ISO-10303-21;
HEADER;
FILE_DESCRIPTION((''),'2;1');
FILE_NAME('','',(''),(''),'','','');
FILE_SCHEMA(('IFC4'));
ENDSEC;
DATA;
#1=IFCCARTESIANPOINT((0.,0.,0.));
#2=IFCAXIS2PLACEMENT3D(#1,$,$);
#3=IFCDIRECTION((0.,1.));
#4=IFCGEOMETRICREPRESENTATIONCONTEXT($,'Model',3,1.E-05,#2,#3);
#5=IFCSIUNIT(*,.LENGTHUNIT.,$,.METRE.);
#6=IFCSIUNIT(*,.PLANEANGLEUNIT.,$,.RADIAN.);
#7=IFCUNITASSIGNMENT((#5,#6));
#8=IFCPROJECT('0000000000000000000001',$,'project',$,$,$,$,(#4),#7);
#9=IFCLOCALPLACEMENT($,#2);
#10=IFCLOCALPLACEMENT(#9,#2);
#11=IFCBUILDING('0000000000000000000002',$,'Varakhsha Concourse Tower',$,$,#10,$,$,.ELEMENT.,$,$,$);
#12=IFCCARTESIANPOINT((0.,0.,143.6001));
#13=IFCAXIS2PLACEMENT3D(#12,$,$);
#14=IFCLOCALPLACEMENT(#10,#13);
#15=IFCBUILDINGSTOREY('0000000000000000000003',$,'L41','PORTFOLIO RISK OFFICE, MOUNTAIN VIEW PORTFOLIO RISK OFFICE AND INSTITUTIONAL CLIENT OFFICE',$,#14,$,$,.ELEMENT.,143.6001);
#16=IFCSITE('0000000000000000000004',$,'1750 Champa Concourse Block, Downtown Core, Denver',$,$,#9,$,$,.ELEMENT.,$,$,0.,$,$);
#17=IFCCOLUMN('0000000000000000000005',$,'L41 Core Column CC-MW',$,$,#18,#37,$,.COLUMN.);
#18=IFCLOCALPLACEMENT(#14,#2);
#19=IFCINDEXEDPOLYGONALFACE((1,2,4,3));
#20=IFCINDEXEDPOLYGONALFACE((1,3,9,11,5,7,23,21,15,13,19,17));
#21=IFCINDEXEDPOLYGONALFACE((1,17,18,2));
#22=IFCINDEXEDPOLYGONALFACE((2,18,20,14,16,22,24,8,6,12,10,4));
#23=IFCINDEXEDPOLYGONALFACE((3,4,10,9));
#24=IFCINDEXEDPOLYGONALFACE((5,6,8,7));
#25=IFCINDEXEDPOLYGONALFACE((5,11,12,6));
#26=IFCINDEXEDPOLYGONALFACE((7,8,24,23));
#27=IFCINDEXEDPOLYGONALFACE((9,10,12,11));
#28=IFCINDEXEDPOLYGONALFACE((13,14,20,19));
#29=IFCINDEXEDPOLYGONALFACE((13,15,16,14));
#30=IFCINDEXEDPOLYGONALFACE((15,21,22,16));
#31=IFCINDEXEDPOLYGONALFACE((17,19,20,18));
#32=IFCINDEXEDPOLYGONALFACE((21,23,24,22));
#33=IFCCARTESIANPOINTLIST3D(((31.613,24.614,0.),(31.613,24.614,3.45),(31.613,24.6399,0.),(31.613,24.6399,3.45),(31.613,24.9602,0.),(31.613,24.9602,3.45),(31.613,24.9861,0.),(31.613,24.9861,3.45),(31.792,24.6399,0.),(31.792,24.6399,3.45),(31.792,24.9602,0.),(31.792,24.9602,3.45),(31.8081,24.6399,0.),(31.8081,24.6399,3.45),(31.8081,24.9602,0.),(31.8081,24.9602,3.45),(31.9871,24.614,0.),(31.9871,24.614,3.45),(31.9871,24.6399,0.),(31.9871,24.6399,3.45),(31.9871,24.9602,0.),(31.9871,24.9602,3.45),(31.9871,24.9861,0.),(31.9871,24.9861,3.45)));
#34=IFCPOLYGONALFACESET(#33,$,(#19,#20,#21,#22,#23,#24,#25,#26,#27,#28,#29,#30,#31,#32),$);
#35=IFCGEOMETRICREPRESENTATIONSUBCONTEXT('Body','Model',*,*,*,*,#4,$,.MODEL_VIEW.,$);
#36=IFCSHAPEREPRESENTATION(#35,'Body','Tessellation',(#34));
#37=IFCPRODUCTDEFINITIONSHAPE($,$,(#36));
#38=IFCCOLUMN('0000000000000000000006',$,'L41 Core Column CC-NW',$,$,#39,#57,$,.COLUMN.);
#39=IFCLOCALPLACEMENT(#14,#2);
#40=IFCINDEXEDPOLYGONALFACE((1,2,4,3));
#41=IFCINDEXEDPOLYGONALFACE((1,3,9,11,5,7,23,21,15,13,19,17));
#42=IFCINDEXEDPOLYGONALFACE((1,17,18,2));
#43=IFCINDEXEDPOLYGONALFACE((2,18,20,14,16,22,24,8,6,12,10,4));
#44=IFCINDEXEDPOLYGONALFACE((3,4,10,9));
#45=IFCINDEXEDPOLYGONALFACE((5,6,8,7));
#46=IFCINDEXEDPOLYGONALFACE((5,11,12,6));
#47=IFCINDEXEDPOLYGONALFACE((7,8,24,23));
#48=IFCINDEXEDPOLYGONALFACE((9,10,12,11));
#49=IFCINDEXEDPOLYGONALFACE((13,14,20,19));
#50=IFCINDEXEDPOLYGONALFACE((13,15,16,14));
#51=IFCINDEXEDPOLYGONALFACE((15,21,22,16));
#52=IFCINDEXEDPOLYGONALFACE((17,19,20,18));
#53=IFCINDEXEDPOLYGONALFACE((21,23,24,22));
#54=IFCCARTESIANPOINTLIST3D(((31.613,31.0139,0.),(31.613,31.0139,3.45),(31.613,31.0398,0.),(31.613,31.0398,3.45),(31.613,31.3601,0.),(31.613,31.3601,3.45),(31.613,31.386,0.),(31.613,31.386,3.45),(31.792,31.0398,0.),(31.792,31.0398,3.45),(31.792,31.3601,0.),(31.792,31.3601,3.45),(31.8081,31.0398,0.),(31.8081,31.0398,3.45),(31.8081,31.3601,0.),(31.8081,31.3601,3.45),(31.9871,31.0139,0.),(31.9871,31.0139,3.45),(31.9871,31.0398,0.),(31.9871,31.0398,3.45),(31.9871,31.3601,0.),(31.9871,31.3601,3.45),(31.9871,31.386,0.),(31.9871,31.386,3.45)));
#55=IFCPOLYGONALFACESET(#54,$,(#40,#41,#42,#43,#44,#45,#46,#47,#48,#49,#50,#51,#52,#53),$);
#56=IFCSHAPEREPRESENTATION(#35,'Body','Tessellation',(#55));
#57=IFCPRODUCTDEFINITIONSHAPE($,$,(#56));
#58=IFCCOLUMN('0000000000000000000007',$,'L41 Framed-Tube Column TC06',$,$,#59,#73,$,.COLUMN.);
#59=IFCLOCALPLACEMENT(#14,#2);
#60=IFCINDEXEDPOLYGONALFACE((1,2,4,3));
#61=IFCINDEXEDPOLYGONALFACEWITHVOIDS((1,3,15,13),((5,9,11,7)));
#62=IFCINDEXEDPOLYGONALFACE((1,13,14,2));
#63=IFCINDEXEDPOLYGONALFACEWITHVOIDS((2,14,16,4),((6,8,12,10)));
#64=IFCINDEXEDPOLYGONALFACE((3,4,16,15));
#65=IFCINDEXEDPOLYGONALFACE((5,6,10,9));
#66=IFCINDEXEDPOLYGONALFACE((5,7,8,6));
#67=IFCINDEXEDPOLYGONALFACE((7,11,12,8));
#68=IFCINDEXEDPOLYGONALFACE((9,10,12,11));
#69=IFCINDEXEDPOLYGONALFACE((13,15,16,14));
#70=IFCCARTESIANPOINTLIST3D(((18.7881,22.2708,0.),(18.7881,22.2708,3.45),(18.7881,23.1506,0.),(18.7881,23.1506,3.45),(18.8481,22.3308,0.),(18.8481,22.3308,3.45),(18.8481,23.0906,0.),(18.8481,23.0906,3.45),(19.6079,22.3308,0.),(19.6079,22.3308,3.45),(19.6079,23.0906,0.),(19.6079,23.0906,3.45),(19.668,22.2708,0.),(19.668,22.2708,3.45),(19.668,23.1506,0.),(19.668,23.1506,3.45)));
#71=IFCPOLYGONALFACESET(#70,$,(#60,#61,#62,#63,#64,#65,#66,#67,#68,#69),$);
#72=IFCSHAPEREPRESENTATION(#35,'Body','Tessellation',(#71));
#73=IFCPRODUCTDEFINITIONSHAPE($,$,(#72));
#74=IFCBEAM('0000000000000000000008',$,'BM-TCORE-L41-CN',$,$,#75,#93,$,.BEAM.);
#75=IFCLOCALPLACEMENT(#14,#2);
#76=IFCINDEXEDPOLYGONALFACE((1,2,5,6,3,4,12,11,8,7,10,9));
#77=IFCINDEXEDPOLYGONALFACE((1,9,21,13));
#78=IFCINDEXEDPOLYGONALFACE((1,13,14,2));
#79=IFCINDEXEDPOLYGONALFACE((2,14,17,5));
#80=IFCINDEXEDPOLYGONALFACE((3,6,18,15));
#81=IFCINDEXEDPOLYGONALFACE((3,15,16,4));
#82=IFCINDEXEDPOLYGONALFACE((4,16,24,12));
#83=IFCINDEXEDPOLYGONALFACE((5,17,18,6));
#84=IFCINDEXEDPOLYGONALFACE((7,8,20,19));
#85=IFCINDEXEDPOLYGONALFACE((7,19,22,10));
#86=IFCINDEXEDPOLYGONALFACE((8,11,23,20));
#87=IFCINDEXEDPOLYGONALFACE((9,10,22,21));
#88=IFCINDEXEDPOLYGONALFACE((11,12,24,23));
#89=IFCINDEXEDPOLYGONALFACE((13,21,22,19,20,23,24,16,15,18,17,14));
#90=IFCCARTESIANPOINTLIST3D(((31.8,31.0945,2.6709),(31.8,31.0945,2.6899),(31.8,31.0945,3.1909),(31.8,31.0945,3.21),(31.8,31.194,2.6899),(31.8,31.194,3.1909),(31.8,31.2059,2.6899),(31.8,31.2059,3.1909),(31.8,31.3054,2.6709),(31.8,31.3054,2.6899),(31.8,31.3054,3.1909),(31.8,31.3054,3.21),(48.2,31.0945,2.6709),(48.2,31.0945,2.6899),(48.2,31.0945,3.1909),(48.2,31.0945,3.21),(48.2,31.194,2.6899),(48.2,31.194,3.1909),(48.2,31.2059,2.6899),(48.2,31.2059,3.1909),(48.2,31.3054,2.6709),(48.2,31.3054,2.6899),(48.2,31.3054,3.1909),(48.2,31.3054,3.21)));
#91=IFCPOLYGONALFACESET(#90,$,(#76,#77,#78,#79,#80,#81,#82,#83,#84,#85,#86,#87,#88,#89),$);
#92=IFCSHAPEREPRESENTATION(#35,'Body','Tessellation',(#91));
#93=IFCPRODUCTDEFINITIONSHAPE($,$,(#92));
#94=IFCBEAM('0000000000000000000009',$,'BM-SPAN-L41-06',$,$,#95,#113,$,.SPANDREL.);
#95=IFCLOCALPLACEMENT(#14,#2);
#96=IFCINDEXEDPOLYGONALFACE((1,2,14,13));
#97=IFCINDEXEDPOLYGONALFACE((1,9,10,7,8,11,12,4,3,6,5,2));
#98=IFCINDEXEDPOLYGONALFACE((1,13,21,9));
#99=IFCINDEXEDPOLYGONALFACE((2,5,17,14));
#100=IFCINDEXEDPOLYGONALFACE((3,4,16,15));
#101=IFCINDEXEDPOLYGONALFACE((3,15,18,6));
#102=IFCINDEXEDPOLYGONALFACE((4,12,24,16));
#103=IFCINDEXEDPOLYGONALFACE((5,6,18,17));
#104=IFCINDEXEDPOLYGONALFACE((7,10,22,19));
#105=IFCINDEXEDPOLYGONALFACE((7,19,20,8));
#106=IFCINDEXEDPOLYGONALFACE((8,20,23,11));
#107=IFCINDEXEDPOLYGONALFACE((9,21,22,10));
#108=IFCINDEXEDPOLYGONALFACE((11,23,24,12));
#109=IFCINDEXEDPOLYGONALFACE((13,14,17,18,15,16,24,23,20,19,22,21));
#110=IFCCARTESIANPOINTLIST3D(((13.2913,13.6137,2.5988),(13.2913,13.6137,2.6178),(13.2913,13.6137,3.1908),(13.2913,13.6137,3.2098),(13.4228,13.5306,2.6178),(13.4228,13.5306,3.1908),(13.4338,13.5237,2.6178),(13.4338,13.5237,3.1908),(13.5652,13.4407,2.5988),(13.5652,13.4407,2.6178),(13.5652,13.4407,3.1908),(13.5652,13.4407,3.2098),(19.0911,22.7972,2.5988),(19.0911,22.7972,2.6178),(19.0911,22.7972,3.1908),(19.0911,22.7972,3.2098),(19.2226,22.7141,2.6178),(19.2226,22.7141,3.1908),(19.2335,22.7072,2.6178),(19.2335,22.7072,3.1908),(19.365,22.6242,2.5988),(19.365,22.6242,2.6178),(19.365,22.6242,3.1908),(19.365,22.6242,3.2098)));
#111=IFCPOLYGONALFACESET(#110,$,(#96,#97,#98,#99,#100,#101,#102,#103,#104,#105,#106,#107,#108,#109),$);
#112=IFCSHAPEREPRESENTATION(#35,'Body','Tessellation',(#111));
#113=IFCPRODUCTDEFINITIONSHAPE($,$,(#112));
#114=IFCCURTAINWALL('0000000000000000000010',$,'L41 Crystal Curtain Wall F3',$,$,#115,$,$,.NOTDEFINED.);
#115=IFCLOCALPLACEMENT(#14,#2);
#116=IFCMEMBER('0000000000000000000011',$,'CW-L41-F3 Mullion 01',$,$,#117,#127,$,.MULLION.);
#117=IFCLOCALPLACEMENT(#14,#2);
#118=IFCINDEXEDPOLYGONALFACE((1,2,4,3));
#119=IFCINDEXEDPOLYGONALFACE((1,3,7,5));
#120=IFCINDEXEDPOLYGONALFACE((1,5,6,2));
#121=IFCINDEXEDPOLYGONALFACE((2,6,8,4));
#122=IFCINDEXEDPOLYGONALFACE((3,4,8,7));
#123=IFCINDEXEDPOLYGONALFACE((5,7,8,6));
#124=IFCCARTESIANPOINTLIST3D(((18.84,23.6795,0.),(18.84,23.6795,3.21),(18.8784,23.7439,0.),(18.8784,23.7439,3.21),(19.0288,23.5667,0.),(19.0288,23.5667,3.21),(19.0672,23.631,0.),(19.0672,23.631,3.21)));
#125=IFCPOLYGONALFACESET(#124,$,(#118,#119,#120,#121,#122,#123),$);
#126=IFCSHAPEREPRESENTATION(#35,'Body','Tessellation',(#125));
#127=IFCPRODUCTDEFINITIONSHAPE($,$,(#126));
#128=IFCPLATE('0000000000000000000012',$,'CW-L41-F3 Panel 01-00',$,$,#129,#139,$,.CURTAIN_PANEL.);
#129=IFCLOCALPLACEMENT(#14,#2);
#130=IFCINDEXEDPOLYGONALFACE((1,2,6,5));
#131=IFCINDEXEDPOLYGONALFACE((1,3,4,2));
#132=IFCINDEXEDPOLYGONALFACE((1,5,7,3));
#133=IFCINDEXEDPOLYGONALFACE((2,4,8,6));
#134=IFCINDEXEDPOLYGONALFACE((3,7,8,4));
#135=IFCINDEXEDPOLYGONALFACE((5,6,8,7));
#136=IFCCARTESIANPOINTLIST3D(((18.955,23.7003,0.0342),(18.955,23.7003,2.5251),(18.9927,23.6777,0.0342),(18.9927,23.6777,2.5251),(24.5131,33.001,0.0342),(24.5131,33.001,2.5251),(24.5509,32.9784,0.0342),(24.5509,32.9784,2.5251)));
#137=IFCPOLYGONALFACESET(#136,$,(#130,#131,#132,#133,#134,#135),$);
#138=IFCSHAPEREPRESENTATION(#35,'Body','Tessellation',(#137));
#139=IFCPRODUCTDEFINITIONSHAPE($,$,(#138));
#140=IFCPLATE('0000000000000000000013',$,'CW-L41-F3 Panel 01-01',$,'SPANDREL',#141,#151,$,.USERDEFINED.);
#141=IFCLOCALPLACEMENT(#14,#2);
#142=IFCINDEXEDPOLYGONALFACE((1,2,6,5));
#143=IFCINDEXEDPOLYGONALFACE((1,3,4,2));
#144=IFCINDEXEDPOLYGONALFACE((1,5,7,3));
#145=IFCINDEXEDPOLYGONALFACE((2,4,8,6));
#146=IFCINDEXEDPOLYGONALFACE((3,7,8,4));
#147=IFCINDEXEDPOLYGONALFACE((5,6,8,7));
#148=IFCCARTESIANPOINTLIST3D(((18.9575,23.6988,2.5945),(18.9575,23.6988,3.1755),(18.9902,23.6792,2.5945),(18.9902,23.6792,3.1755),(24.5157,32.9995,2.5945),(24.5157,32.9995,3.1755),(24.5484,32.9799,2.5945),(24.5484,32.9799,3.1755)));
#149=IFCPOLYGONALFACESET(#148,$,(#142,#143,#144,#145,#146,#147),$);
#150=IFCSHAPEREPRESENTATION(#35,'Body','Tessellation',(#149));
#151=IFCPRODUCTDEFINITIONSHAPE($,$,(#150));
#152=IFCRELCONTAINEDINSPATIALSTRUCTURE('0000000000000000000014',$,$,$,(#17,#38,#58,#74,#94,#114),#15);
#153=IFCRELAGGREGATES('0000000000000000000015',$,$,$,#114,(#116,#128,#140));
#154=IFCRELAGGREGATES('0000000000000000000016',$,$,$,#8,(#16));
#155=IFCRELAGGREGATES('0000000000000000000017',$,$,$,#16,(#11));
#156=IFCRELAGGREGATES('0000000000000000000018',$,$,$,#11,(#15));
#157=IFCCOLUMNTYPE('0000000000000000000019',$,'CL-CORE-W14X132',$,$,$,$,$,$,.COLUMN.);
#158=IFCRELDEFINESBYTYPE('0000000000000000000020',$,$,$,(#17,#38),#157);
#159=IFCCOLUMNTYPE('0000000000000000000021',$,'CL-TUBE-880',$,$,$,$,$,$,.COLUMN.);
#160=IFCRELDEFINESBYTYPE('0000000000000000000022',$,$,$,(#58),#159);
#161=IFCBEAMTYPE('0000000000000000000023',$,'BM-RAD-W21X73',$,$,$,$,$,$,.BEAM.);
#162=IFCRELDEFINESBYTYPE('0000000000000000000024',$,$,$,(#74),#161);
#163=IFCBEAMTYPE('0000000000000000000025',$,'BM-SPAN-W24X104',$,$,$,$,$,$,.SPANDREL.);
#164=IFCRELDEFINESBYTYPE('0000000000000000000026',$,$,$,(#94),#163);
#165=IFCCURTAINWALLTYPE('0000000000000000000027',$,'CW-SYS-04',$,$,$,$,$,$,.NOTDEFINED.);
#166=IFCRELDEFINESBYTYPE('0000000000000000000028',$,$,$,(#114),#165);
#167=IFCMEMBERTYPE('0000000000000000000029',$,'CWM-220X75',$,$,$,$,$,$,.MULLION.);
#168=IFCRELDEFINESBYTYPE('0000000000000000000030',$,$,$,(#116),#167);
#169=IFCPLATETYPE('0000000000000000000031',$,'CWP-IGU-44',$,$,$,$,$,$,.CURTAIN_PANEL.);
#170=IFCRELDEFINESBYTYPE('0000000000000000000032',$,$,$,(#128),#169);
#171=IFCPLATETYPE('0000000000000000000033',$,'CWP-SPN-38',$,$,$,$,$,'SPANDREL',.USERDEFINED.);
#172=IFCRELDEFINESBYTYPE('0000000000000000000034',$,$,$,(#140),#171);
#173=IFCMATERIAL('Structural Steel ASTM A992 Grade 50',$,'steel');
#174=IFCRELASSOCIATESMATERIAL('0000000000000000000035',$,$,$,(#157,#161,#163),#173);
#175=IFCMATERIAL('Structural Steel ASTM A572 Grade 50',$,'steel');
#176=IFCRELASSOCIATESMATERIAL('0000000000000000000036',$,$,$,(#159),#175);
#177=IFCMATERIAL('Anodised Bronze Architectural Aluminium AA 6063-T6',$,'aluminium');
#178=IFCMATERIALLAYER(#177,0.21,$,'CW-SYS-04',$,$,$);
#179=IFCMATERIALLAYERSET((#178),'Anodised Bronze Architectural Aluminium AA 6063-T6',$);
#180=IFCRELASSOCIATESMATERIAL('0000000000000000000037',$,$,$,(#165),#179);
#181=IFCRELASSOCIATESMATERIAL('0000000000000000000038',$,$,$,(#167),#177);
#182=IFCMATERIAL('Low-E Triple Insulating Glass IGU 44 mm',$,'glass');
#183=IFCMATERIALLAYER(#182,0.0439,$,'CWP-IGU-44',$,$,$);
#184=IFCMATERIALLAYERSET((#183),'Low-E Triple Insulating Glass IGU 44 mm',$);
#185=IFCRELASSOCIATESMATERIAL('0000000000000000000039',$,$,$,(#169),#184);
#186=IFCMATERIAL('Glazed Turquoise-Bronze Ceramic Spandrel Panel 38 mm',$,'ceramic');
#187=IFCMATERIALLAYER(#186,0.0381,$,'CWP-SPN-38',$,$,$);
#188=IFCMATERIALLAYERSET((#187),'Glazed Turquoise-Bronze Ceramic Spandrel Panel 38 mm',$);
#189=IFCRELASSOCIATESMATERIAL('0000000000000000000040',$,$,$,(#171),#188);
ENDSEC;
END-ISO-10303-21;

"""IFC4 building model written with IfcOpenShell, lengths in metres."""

from ifc_helpers import new_model, si_unit, direction, frame, origin, origin_2d, place, context, subcontext, project, spatial, rectangle, hollow_rectangle, i_section, extrude, source, transform, mapped, material, layer, layer_set, material_profile, profile_set, type_object, type_shapes, element, aggregate, save


model = new_model("IFC4")

# Units and contexts
model_context = context("Model", 3, precision=1e-05, world=origin(), true_north=direction((0.0, 1.0)))
body_context = subcontext(model_context, "Body", "Model", "MODEL_VIEW")
ifc_project = project(units=[si_unit("LENGTHUNIT", "METRE"), si_unit("PLANEANGLEUNIT", "RADIAN")], contexts=[model_context])

# Site, building, storey
site_placement = place(None, origin())
site = spatial("IfcSite", under=ifc_project, at=site_placement, Name="1750 Champa Concourse Block, Downtown Core, Denver", CompositionType="ELEMENT", RefElevation=0.0)
building_placement = place(site_placement, origin())
building = spatial("IfcBuilding", under=site, at=building_placement, Name="Varakhsha Concourse Tower", CompositionType="ELEMENT")
storey_placement = place(building_placement, frame((0.0, 0.0, 143.6001)))
storey = spatial("IfcBuildingStorey", under=building, at=storey_placement, Name="L41", Description="PORTFOLIO RISK OFFICE, MOUNTAIN VIEW PORTFOLIO RISK OFFICE AND INSTITUTIONAL CLIENT OFFICE", CompositionType="ELEMENT", Elevation=143.6001)

# Columns
ifc_material_1 = material(Name="Structural Steel ASTM A992 Grade 50", Category="steel")
ifc_material_profile_1 = material_profile(ifc_material_1, i_section(OverallWidth=0.374, OverallDepth=0.3721, WebThickness=0.0161, FlangeThickness=0.0259, at=origin_2d()), Name="W14X132")
ifc_profile_set_1 = profile_set([ifc_material_profile_1], Name="Structural Steel ASTM A992 Grade 50")
column_type_1 = type_object("IfcColumnType", Name="CL-CORE-W14X132", PredefinedType="COLUMN", material=ifc_profile_set_1)
for number, where, z_axis, x_axis, name in (
    (1, (31.8, 24.8, 0.0), (0.0, 0.0, 1.0), (1.0, 0.0, 0.0), "L41 Core Column CC-MW"),
    (2, (31.8, 31.2, 0.0), (0.0, 0.0, 1.0), (1.0, 0.0, 0.0), "L41 Core Column CC-NW"),
):
    element("IfcColumn", number, at=place(storey_placement, frame(where, z_axis=z_axis, x_axis=x_axis)), inside=storey, type_object=column_type_1, Name=name, PredefinedType="COLUMN", context=body_context, shape_type="SweptSolid", body=[
        extrude(i_section(OverallWidth=0.374, OverallDepth=0.3721, WebThickness=0.0161, FlangeThickness=0.0259, at=origin_2d()), origin(), (0.0, 0.0, 1.0), 3.45),
    ])
ifc_material_2 = material(Name="Structural Steel ASTM A572 Grade 50", Category="steel")
ifc_material_profile_2 = material_profile(ifc_material_2, hollow_rectangle(XDim=0.8799, YDim=0.8799, WallThickness=0.0601, at=origin_2d()), Name="BOX 880x880x60")
ifc_profile_set_2 = profile_set([ifc_material_profile_2], Name="Structural Steel ASTM A572 Grade 50")
column_type_2 = type_object("IfcColumnType", Name="CL-TUBE-880", PredefinedType="COLUMN", material=ifc_profile_set_2)
column_placement = place(storey_placement, frame((19.228, 22.7107, 0.0), z_axis=(0.0, 0.0, 1.0), x_axis=(1.0, 0.0, 0.0)))
element("IfcColumn", 3, at=column_placement, inside=storey, type_object=column_type_2, Name="L41 Framed-Tube Column TC06", PredefinedType="COLUMN", context=body_context, shape_type="SweptSolid", body=[
    extrude(hollow_rectangle(XDim=0.8799, YDim=0.8799, WallThickness=0.0601, at=origin_2d()), origin(), (0.0, 0.0, 1.0), 3.45),
])

# Beams
ifc_material_profile_3 = material_profile(ifc_material_1, i_section(OverallWidth=0.2109, OverallDepth=0.5391, WebThickness=0.012, FlangeThickness=0.019, at=origin_2d()), Name="W21X73")
ifc_profile_set_3 = profile_set([ifc_material_profile_3], Name="Structural Steel ASTM A992 Grade 50")
beam_type_1 = type_object("IfcBeamType", Name="BM-RAD-W21X73", PredefinedType="BEAM", material=ifc_profile_set_3)
beam_1_placement = place(storey_placement, frame((31.8, 31.2, 2.9404), z_axis=(1.0, 0.0, 0.0), x_axis=(0.0, 1.0, 0.0)))
element("IfcBeam", 4, at=beam_1_placement, inside=storey, type_object=beam_type_1, Name="BM-TCORE-L41-CN", PredefinedType="BEAM", context=body_context, shape_type="SweptSolid", body=[
    extrude(i_section(OverallWidth=0.2109, OverallDepth=0.5391, WebThickness=0.012, FlangeThickness=0.019, at=origin_2d()), origin(), (0.0, 0.0, 1.0), 16.3999),
])
ifc_material_profile_4 = material_profile(ifc_material_1, i_section(OverallWidth=0.324, OverallDepth=0.6111, WebThickness=0.0129, FlangeThickness=0.019, at=origin_2d()), Name="W24X104")
ifc_profile_set_4 = profile_set([ifc_material_profile_4], Name="Structural Steel ASTM A992 Grade 50")
beam_type_2 = type_object("IfcBeamType", Name="BM-SPAN-W24X104", PredefinedType="SPANDREL", material=ifc_profile_set_4)
beam_2_placement = place(storey_placement, frame((19.228, 22.7107, 2.9043), z_axis=(-0.533969, -0.845504, 0.0), x_axis=(0.845504, -0.533969, 0.0)))
element("IfcBeam", 5, at=beam_2_placement, inside=storey, type_object=beam_type_2, Name="BM-SPAN-L41-06", PredefinedType="SPANDREL", context=body_context, shape_type="SweptSolid", body=[
    extrude(i_section(OverallWidth=0.324, OverallDepth=0.6111, WebThickness=0.0129, FlangeThickness=0.019, at=origin_2d()), origin(), (0.0, 0.0, 1.0), 10.8616),
])

# Curtain wall, member, plates
ifc_material_3 = material(Name="Anodised Bronze Architectural Aluminium AA 6063-T6", Category="aluminium")
ifc_layer_1 = layer(ifc_material_3, 0.21, Name="CW-SYS-04")
ifc_layer_set_1 = layer_set([ifc_layer_1], Name="Anodised Bronze Architectural Aluminium AA 6063-T6")
curtain_wall_type = type_object("IfcCurtainWallType", Name="CW-SYS-04", PredefinedType="NOTDEFINED", material=ifc_layer_set_1)
curtain_wall_placement = place(storey_placement, origin())
curtain_wall = element("IfcCurtainWall", 6, at=curtain_wall_placement, inside=storey, type_object=curtain_wall_type, Name="L41 Crystal Curtain Wall F3", PredefinedType="NOTDEFINED")
ifc_material_profile_5 = material_profile(ifc_material_3, rectangle(XDim=0.075, YDim=0.22, at=origin_2d()), Name="CWM-220X75")
ifc_profile_set_5 = profile_set([ifc_material_profile_5], Name="Anodised Bronze Architectural Aluminium AA 6063-T6")
member_type = type_object("IfcMemberType", Name="CWM-220X75", PredefinedType="MULLION", material=ifc_profile_set_5)
shared_shape_1 = source(origin(), body_context, "Body", "SweptSolid", [
    extrude(rectangle(XDim=0.075, YDim=0.22, at=origin_2d()), origin(), (0.0, 0.0, 1.0), 3.21),
])
type_shapes(member_type, [shared_shape_1])
member_placement = place(storey_placement, frame((18.9536, 23.6553, 0.0), z_axis=(0.0, 0.0, 1.0), x_axis=(0.512984, 0.858398, 0.0)))
member = element("IfcMember", 7, at=member_placement, type_object=member_type, Name="CW-L41-F3 Mullion 01", PredefinedType="MULLION", context=body_context, shape_type="MappedRepresentation", body=[
    mapped(shared_shape_1, transform((0.0, 0.0, 0.0), scale=1.0)),
])
ifc_material_4 = material(Name="Low-E Triple Insulating Glass IGU 44 mm", Category="glass")
ifc_layer_2 = layer(ifc_material_4, 0.0439, Name="CWP-IGU-44")
ifc_layer_set_2 = layer_set([ifc_layer_2], Name="Low-E Triple Insulating Glass IGU 44 mm")
plate_type_1 = type_object("IfcPlateType", Name="CWP-IGU-44", PredefinedType="CURTAIN_PANEL", material=ifc_layer_set_2)
shared_shape_2 = source(origin(), body_context, "Body", "SweptSolid", [
    extrude(rectangle(XDim=10.835, YDim=0.0439, at=origin_2d()), origin(), (0.0, 0.0, 1.0), 2.491),
])
type_shapes(plate_type_1, [shared_shape_2])
plate_1_placement = place(storey_placement, frame((21.7529, 28.3394, 0.0342), z_axis=(0.0, 0.0, 1.0), x_axis=(0.512984, 0.858398, 0.0)))
plate_1 = element("IfcPlate", 8, at=plate_1_placement, type_object=plate_type_1, Name="CW-L41-F3 Panel 01-00", PredefinedType="CURTAIN_PANEL", context=body_context, shape_type="MappedRepresentation", body=[
    mapped(shared_shape_2, transform((0.0, 0.0, 0.0), scale=1.0)),
])
ifc_material_5 = material(Name="Glazed Turquoise-Bronze Ceramic Spandrel Panel 38 mm", Category="ceramic")
ifc_layer_3 = layer(ifc_material_5, 0.0381, Name="CWP-SPN-38")
ifc_layer_set_3 = layer_set([ifc_layer_3], Name="Glazed Turquoise-Bronze Ceramic Spandrel Panel 38 mm")
plate_type_2 = type_object("IfcPlateType", Name="CWP-SPN-38", ElementType="SPANDREL", PredefinedType="USERDEFINED", material=ifc_layer_set_3)
shared_shape_3 = source(origin(), body_context, "Body", "SweptSolid", [
    extrude(rectangle(XDim=10.835, YDim=0.0381, at=origin_2d()), origin(), (0.0, 0.0, 1.0), 0.5811),
])
type_shapes(plate_type_2, [shared_shape_3])
plate_2_placement = place(storey_placement, frame((21.7529, 28.3394, 2.5945), z_axis=(0.0, 0.0, 1.0), x_axis=(0.512984, 0.858398, 0.0)))
plate_2 = element("IfcPlate", 9, at=plate_2_placement, type_object=plate_type_2, Name="CW-L41-F3 Panel 01-01", ObjectType="SPANDREL", PredefinedType="USERDEFINED", context=body_context, shape_type="MappedRepresentation", body=[
    mapped(shared_shape_3, transform((0.0, 0.0, 0.0), scale=1.0)),
])
aggregate(curtain_wall, [member, plate_1, plate_2])

save(model, "model.ifc")
